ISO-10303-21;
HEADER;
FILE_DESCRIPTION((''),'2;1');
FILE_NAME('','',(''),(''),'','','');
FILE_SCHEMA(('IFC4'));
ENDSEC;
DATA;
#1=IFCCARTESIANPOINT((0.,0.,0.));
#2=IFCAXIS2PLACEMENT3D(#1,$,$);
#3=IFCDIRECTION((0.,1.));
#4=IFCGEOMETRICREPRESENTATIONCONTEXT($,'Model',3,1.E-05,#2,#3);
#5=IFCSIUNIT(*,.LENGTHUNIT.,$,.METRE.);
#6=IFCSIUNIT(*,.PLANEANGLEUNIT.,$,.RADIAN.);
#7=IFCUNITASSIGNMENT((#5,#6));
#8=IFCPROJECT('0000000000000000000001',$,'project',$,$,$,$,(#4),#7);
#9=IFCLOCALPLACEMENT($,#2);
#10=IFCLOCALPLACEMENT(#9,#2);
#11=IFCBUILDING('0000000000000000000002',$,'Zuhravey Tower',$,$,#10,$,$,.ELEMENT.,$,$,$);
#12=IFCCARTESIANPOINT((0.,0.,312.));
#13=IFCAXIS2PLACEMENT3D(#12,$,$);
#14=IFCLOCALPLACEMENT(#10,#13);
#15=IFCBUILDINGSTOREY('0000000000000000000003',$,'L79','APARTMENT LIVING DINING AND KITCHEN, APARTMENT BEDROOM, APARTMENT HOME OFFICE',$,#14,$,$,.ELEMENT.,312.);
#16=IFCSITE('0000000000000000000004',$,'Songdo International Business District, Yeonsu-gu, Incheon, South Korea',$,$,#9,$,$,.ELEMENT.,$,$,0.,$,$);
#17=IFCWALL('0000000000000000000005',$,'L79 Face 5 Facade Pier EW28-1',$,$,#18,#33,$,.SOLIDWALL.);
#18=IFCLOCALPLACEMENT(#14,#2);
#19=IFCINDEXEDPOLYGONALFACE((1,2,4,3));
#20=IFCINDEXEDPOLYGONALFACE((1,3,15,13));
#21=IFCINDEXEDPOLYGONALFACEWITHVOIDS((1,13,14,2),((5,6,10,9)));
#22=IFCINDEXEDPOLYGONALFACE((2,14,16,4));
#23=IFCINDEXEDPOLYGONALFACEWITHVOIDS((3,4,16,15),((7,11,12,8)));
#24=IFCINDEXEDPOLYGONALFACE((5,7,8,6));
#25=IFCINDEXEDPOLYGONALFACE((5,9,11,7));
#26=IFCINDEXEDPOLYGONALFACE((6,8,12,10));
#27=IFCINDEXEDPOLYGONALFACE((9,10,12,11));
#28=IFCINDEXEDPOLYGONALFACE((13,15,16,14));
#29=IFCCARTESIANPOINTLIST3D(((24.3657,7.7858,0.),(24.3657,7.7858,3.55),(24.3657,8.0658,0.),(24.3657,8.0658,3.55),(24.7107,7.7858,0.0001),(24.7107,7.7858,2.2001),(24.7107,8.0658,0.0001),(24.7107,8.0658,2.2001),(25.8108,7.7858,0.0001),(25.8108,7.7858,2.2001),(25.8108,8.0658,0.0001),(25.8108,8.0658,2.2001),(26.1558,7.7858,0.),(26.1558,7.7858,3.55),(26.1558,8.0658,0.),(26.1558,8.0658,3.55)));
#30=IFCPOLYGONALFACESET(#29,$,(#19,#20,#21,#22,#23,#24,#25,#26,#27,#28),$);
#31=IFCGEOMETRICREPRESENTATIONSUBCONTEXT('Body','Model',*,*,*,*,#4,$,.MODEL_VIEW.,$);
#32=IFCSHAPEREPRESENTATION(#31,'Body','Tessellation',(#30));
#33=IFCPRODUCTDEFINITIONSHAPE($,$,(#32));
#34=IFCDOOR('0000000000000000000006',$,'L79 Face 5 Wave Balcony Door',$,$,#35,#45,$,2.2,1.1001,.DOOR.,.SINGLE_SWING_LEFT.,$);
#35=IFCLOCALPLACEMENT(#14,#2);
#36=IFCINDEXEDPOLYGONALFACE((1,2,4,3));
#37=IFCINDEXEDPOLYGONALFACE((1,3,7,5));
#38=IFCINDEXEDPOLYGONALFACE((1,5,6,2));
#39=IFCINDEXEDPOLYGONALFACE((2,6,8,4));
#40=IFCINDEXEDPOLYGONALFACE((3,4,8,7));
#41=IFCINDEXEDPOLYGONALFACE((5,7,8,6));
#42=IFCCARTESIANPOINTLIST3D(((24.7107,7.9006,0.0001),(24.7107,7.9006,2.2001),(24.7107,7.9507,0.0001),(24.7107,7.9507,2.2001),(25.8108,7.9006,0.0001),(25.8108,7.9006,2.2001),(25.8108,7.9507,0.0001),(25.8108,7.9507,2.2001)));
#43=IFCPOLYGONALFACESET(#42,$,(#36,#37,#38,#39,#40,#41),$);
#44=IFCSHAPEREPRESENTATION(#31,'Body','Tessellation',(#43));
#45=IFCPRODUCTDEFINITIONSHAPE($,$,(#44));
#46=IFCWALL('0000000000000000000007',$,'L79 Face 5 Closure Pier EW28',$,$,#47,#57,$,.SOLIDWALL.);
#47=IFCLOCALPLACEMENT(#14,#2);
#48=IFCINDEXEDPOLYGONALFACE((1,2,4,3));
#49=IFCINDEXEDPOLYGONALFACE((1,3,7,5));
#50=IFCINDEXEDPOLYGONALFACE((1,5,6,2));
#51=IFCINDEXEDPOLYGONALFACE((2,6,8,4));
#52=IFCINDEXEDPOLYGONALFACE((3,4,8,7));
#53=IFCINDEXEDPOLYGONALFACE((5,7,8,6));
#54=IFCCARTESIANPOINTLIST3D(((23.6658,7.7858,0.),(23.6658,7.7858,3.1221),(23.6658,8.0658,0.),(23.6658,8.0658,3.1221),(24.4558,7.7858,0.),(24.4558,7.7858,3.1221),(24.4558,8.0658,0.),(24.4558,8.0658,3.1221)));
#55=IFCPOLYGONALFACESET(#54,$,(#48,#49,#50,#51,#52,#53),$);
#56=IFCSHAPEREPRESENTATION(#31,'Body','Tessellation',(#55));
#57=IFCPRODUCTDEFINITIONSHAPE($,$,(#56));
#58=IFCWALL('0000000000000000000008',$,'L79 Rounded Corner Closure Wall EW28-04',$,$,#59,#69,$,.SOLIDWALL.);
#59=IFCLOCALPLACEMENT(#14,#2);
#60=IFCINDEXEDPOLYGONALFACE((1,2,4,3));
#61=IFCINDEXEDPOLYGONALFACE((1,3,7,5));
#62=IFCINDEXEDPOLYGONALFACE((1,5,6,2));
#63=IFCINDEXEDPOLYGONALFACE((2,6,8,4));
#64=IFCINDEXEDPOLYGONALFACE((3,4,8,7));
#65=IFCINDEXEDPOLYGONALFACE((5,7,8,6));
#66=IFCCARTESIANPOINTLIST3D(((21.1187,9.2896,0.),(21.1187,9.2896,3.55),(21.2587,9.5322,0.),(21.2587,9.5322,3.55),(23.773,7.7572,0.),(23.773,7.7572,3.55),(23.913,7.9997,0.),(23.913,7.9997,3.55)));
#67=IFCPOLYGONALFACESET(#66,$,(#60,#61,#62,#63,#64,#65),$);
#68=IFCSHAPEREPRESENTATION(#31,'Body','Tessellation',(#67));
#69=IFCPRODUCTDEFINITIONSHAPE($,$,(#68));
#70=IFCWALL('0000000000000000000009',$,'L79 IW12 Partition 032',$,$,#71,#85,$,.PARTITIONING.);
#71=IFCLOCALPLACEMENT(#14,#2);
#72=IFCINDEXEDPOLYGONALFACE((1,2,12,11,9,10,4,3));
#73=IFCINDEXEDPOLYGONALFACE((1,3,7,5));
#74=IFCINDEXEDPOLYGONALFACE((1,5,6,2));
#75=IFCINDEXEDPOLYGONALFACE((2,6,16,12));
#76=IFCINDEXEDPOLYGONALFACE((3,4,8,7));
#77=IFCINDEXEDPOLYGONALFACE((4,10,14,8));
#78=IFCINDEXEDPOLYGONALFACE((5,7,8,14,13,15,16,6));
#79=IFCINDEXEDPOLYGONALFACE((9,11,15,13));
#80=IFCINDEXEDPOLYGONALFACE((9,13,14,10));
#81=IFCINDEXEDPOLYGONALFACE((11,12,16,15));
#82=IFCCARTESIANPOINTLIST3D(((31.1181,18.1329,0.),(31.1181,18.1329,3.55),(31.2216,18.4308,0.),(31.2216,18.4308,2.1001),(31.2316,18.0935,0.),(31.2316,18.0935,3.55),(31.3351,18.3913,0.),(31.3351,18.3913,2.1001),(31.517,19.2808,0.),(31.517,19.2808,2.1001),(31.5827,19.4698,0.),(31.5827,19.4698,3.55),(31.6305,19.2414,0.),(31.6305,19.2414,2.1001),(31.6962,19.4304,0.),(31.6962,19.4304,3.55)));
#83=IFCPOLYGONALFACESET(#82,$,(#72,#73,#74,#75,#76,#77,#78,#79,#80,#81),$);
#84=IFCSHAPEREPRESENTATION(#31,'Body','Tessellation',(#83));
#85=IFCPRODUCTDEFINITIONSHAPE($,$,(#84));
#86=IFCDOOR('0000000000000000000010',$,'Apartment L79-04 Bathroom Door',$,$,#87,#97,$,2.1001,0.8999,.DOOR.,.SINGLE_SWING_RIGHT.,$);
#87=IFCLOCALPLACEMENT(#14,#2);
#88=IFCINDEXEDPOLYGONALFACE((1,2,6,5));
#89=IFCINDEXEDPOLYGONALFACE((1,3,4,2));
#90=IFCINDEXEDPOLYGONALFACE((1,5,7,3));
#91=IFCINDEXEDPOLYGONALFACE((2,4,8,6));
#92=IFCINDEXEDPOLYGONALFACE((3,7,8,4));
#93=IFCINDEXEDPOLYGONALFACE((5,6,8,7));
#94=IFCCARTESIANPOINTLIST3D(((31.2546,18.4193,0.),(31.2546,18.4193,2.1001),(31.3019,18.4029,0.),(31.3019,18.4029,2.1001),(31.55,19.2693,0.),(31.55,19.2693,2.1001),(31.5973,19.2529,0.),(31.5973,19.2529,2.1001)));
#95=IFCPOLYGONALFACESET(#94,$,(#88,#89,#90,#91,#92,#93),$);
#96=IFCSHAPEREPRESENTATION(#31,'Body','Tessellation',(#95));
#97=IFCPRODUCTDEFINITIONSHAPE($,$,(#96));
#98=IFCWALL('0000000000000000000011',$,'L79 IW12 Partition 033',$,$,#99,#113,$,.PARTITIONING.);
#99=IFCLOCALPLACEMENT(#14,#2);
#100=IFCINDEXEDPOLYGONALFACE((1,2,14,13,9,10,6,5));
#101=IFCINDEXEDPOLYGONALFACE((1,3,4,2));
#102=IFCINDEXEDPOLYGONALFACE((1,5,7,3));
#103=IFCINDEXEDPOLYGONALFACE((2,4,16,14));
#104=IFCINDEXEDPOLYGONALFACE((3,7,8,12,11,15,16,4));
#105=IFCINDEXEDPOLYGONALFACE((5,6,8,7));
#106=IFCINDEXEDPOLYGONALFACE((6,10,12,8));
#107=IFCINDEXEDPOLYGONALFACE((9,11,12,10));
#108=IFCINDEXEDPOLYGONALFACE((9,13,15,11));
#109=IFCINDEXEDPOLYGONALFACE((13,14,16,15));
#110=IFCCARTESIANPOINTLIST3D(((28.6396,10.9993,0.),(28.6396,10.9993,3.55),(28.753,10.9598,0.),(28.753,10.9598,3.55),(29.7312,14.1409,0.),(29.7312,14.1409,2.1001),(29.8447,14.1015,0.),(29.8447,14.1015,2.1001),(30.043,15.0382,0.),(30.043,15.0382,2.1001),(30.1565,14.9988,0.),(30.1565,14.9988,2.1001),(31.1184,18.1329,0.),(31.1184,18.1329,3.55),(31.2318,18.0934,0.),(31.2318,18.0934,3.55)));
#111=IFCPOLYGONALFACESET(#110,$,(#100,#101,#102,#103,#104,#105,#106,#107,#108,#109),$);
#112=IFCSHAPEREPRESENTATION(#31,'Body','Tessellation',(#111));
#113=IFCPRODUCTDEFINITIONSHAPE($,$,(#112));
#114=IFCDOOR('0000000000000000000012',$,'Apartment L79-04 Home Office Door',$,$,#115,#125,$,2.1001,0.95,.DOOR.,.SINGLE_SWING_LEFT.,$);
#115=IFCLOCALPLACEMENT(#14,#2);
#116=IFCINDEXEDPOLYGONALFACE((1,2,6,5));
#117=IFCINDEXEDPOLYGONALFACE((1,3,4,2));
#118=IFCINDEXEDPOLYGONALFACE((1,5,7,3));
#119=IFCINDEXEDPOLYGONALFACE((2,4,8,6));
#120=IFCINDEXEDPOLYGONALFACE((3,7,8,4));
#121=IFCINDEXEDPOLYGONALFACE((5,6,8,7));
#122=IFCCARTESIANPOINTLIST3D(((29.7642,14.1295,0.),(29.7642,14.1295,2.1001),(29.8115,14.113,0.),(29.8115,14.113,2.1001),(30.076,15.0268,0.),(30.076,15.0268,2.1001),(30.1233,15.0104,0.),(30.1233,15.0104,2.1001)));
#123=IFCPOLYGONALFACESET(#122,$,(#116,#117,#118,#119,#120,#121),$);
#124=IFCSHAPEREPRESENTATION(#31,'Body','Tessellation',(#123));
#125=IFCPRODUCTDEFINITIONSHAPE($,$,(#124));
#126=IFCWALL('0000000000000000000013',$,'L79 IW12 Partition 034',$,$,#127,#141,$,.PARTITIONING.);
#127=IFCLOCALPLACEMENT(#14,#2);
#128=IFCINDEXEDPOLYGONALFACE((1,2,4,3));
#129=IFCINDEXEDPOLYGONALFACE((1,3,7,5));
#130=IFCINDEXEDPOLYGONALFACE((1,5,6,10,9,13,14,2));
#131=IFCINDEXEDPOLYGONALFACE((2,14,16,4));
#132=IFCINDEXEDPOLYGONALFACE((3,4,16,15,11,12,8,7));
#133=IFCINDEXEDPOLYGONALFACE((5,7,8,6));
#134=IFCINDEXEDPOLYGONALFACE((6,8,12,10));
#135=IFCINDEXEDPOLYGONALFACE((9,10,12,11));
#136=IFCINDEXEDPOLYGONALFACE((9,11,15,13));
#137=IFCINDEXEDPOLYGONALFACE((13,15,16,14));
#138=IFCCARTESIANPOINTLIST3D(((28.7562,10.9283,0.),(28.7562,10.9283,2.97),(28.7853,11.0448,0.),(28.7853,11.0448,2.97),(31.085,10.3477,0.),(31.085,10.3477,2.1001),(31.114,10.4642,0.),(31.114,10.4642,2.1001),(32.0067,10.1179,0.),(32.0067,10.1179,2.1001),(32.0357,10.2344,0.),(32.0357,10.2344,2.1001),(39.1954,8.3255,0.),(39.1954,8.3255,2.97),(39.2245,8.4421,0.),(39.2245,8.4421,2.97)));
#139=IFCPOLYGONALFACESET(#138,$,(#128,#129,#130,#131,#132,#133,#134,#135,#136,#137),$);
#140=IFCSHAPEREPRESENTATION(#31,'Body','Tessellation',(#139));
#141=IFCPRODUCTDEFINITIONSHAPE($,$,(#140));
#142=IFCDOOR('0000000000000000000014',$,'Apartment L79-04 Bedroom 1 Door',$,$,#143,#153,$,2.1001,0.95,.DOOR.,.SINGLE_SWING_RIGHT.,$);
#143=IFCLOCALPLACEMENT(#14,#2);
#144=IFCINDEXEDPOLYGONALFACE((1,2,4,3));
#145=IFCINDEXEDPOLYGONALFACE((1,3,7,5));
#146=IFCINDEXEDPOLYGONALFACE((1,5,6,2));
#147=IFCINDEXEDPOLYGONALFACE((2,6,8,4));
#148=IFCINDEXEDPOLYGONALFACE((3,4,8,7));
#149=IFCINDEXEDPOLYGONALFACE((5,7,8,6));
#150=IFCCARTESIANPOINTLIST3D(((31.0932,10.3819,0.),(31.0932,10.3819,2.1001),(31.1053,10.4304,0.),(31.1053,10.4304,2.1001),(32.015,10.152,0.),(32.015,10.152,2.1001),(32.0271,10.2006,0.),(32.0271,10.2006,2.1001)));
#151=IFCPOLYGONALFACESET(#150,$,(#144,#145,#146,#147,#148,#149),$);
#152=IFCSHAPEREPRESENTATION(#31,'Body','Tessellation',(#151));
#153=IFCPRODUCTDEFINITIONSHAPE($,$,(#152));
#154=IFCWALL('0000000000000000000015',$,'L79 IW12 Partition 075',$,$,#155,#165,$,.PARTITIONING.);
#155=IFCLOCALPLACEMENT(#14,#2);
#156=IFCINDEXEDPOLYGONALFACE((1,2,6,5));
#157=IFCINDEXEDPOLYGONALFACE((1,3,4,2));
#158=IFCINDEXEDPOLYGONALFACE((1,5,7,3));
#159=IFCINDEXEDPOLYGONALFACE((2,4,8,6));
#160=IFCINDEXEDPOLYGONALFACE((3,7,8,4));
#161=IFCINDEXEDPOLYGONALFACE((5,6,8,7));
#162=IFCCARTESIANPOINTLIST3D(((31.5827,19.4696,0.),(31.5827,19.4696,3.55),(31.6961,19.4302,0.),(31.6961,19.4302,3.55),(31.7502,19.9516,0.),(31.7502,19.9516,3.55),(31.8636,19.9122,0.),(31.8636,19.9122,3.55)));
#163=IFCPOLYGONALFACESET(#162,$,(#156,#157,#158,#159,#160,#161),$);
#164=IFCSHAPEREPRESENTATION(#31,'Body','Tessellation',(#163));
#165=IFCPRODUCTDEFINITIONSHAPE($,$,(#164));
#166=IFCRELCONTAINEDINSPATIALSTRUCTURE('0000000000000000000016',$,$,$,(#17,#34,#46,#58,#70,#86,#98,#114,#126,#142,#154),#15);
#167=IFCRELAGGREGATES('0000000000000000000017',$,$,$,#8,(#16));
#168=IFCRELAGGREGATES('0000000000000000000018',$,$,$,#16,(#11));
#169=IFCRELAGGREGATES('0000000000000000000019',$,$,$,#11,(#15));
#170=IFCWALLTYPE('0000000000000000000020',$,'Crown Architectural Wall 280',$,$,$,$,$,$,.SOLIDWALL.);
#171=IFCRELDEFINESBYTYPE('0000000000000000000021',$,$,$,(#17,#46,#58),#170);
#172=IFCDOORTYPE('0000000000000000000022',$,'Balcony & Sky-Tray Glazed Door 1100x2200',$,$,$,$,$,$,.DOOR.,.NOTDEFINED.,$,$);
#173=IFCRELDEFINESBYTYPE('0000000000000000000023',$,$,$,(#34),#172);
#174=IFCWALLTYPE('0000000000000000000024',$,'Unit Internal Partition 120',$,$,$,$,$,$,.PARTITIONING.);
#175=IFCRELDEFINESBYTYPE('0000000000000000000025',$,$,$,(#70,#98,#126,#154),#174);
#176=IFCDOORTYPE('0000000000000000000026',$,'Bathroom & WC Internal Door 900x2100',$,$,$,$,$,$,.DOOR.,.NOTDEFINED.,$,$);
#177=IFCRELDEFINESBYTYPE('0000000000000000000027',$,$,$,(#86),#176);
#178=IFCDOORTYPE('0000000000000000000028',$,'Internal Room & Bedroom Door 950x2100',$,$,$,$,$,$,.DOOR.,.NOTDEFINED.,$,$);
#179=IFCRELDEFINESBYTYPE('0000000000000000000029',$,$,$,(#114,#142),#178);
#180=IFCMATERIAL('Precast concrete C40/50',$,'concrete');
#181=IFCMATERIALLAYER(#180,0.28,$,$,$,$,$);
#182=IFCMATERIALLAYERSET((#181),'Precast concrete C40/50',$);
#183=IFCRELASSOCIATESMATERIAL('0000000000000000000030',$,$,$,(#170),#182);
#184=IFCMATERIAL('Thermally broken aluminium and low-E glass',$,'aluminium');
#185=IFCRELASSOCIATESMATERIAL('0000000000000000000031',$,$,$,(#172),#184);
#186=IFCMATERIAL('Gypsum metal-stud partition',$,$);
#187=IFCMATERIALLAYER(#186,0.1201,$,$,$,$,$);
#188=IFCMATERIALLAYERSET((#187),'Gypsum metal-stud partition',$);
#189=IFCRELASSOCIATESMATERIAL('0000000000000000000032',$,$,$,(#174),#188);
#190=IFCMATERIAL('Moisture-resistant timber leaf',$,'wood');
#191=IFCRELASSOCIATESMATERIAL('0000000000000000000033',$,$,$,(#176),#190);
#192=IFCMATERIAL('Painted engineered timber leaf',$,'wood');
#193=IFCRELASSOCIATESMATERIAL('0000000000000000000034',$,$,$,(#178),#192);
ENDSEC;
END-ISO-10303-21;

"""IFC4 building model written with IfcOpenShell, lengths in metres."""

from ifc_helpers import new_model, si_unit, direction, frame, frame_2d, origin, place, context, subcontext, project, spatial, rectangle, extrude, material, layer, layer_set, type_object, element, fill, save


model = new_model("IFC4")

# Units and contexts
model_context = context("Model", 3, precision=1e-05, world=origin(), true_north=direction((0.0, 1.0)))
body_context = subcontext(model_context, "Body", "Model", "MODEL_VIEW")
ifc_project = project(units=[si_unit("LENGTHUNIT", "METRE"), si_unit("PLANEANGLEUNIT", "RADIAN")], contexts=[model_context])

# Site, building, storey
site_placement = place(None, origin())
site = spatial("IfcSite", under=ifc_project, at=site_placement, Name="Songdo International Business District, Yeonsu-gu, Incheon, South Korea", CompositionType="ELEMENT", RefElevation=0.0)
building_placement = place(site_placement, origin())
building = spatial("IfcBuilding", under=site, at=building_placement, Name="Zuhravey Tower", CompositionType="ELEMENT")
storey_placement = place(building_placement, frame((0.0, 0.0, 312.0)))
storey = spatial("IfcBuildingStorey", under=building, at=storey_placement, Name="L79", Description="APARTMENT LIVING DINING AND KITCHEN, APARTMENT BEDROOM, APARTMENT HOME OFFICE", CompositionType="ELEMENT", Elevation=312.0)

# Wall, opening, door
ifc_material_1 = material(Name="Precast concrete C40/50", Category="concrete")
ifc_layer_1 = layer(ifc_material_1, 0.28)
ifc_layer_set_1 = layer_set([ifc_layer_1], Name="Precast concrete C40/50")
wall_type_1 = type_object("IfcWallType", Name="Crown Architectural Wall 280", PredefinedType="SOLIDWALL", material=ifc_layer_set_1)
wall_1_placement = place(storey_placement, frame((26.1558, 7.9258, 0.0), z_axis=(0.0, 0.0, 1.0), x_axis=(-1.0, 0.0, 0.0)))
wall_1 = element("IfcWall", 1, at=wall_1_placement, inside=storey, type_object=wall_type_1, Name="L79 Face 5 Facade Pier EW28-1", PredefinedType="SOLIDWALL", context=body_context, shape_type="SweptSolid", body=[
    extrude(rectangle(XDim=1.79, YDim=0.28, at=frame_2d((0.895, 0.0))), origin(), (0.0, 0.0, 1.0), 3.55),
])
opening_1_placement = place(wall_1_placement, frame((0.345, 0.0, 0.0)))
opening_1 = element("IfcOpeningElement", 2, at=opening_1_placement, cuts=wall_1, PredefinedType="OPENING", context=body_context, shape_type="SweptSolid", body=[
    extrude(rectangle(XDim=1.1001, YDim=2.2, at=frame_2d((0.55, 1.1001))), frame((0.0, 0.1521, 0.0), z_axis=(0.0, -1.0, 0.0), x_axis=(1.0, 0.0, 0.0)), (0.0, 0.0, 1.0), 0.304),
])
ifc_material_2 = material(Name="Thermally broken aluminium and low-E glass", Category="aluminium")
door_type_1 = type_object("IfcDoorType", Name="Balcony & Sky-Tray Glazed Door 1100x2200", OperationType="NOTDEFINED", PredefinedType="DOOR", material=ifc_material_2)
door_1_placement = place(opening_1_placement, frame((1.1001, 0.0, 0.0), z_axis=(0.0, 0.0, 1.0), x_axis=(-1.0, 0.0, 0.0)))
door_1 = element("IfcDoor", 3, at=door_1_placement, inside=storey, type_object=door_type_1, Name="L79 Face 5 Wave Balcony Door", OperationType="SINGLE_SWING_LEFT", OverallHeight=2.2, OverallWidth=1.1001, PredefinedType="DOOR", context=body_context, shape_type="SweptSolid", body=[
    extrude(rectangle(XDim=1.1001, YDim=2.2, at=frame_2d((0.55, 1.1001))), frame((0.0, 0.0249, 0.0), z_axis=(0.0, -1.0, 0.0), x_axis=(1.0, 0.0, 0.0)), (0.0, 0.0, 1.0), 0.05),
])
fill(opening_1, door_1)

# Walls
wall_2_placement = place(storey_placement, frame((24.4558, 7.9258, 0.0), z_axis=(0.0, 0.0, 1.0), x_axis=(-1.0, 0.0, 0.0)))
element("IfcWall", 4, at=wall_2_placement, inside=storey, type_object=wall_type_1, Name="L79 Face 5 Closure Pier EW28", PredefinedType="SOLIDWALL", context=body_context, shape_type="SweptSolid", body=[
    extrude(rectangle(XDim=0.79, YDim=0.28, at=frame_2d((0.395, 0.0))), origin(), (0.0, 0.0, 1.0), 3.1221),
])
wall_3_placement = place(storey_placement, frame((23.843, 7.8784, 0.0), z_axis=(0.0, 0.0, 1.0), x_axis=(-0.866024, 0.500003, 0.0)))
element("IfcWall", 5, at=wall_3_placement, inside=storey, type_object=wall_type_1, Name="L79 Rounded Corner Closure Wall EW28-04", PredefinedType="SOLIDWALL", context=body_context, shape_type="SweptSolid", body=[
    extrude(rectangle(XDim=3.0649, YDim=0.28, at=frame_2d((1.5325, 0.0))), origin(), (0.0, 0.0, 1.0), 3.55),
])

# Walls, openings, doors
ifc_material_3 = material(Name="Gypsum metal-stud partition")
ifc_layer_2 = layer(ifc_material_3, 0.1201)
ifc_layer_set_2 = layer_set([ifc_layer_2], Name="Gypsum metal-stud partition")
wall_type_2 = type_object("IfcWallType", Name="Unit Internal Partition 120", PredefinedType="PARTITIONING", material=ifc_layer_set_2)
wall_4_placement = place(storey_placement, frame((31.6394, 19.45, 0.0), z_axis=(0.0, 0.0, 1.0), x_axis=(-0.32826, -0.944588, 0.0)))
wall_4 = element("IfcWall", 6, at=wall_4_placement, inside=storey, type_object=wall_type_2, Name="L79 IW12 Partition 032", PredefinedType="PARTITIONING", context=body_context, shape_type="SweptSolid", body=[
    extrude(rectangle(XDim=1.4153, YDim=0.1201, at=frame_2d((0.7075, 0.0))), origin(), (0.0, 0.0, 1.0), 3.55),
])
opening_2_placement = place(wall_4_placement, frame((0.2, 0.0, 0.0)))
opening_2 = element("IfcOpeningElement", 7, at=opening_2_placement, cuts=wall_4, PredefinedType="OPENING", context=body_context, shape_type="SweptSolid", body=[
    extrude(rectangle(XDim=0.8999, YDim=2.1001, at=frame_2d((0.45, 1.05))), frame((0.0, 0.072, 0.0), z_axis=(0.0, -1.0, 0.0), x_axis=(1.0, 0.0, 0.0)), (0.0, 0.0, 1.0), 0.144),
])
ifc_material_4 = material(Name="Moisture-resistant timber leaf", Category="wood")
door_type_2 = type_object("IfcDoorType", Name="Bathroom & WC Internal Door 900x2100", OperationType="NOTDEFINED", PredefinedType="DOOR", material=ifc_material_4)
door_2_placement = place(opening_2_placement, origin())
door_2 = element("IfcDoor", 8, at=door_2_placement, inside=storey, type_object=door_type_2, Name="Apartment L79-04 Bathroom Door", OperationType="SINGLE_SWING_RIGHT", OverallHeight=2.1001, OverallWidth=0.8999, PredefinedType="DOOR", context=body_context, shape_type="SweptSolid", body=[
    extrude(rectangle(XDim=0.8999, YDim=2.1001, at=frame_2d((0.45, 1.05))), frame((0.0, 0.0249, 0.0), z_axis=(0.0, -1.0, 0.0), x_axis=(1.0, 0.0, 0.0)), (0.0, 0.0, 1.0), 0.05),
])
fill(opening_2, door_2)
wall_5_placement = place(storey_placement, frame((31.175, 18.113, 0.0), z_axis=(0.0, 0.0, 1.0), x_axis=(-0.328228, -0.944598, 0.0)))
wall_5 = element("IfcWall", 9, at=wall_5_placement, inside=storey, type_object=wall_type_2, Name="L79 IW12 Partition 033", PredefinedType="PARTITIONING", context=body_context, shape_type="SweptSolid", body=[
    extrude(rectangle(XDim=7.552, YDim=0.1201, at=frame_2d((3.7759, 0.0))), origin(), (0.0, 0.0, 1.0), 3.55),
])
opening_3_placement = place(wall_5_placement, frame((3.2759, 0.0, 0.0)))
opening_3 = element("IfcOpeningElement", 10, at=opening_3_placement, cuts=wall_5, PredefinedType="OPENING", context=body_context, shape_type="SweptSolid", body=[
    extrude(rectangle(XDim=0.95, YDim=2.1001, at=frame_2d((0.4751, 1.05))), frame((0.0, 0.072, 0.0), z_axis=(0.0, -1.0, 0.0), x_axis=(1.0, 0.0, 0.0)), (0.0, 0.0, 1.0), 0.144),
])
ifc_material_5 = material(Name="Painted engineered timber leaf", Category="wood")
door_type_3 = type_object("IfcDoorType", Name="Internal Room & Bedroom Door 950x2100", OperationType="NOTDEFINED", PredefinedType="DOOR", material=ifc_material_5)
door_3_placement = place(opening_3_placement, origin())
door_3 = element("IfcDoor", 11, at=door_3_placement, inside=storey, type_object=door_type_3, Name="Apartment L79-04 Home Office Door", OperationType="SINGLE_SWING_LEFT", OverallHeight=2.1001, OverallWidth=0.95, PredefinedType="DOOR", context=body_context, shape_type="SweptSolid", body=[
    extrude(rectangle(XDim=0.95, YDim=2.1001, at=frame_2d((0.4751, 1.05))), frame((0.0, 0.0249, 0.0), z_axis=(0.0, -1.0, 0.0), x_axis=(1.0, 0.0, 0.0)), (0.0, 0.0, 1.0), 0.05),
])
fill(opening_3, door_3)
wall_6_placement = place(storey_placement, frame((28.7708, 10.9866, 0.0), z_axis=(0.0, 0.0, 1.0), x_axis=(0.970296, -0.241922, 0.0)))
wall_6 = element("IfcWall", 12, at=wall_6_placement, inside=storey, type_object=wall_type_2, Name="L79 IW12 Partition 034", PredefinedType="PARTITIONING", context=body_context, shape_type="SweptSolid", body=[
    extrude(rectangle(XDim=10.7588, YDim=0.1201, at=frame_2d((5.3794, 0.0))), origin(), (0.0, 0.0, 1.0), 2.97),
])
opening_4_placement = place(wall_6_placement, frame((2.3999, 0.0, 0.0)))
opening_4 = element("IfcOpeningElement", 13, at=opening_4_placement, cuts=wall_6, PredefinedType="OPENING", context=body_context, shape_type="SweptSolid", body=[
    extrude(rectangle(XDim=0.95, YDim=2.1001, at=frame_2d((0.4751, 1.05))), frame((0.0, 0.072, 0.0), z_axis=(0.0, -1.0, 0.0), x_axis=(1.0, 0.0, 0.0)), (0.0, 0.0, 1.0), 0.144),
])
door_4_placement = place(opening_4_placement, frame((0.95, 0.0, 0.0), z_axis=(0.0, 0.0, 1.0), x_axis=(-1.0, 0.0, 0.0)))
door_4 = element("IfcDoor", 14, at=door_4_placement, inside=storey, type_object=door_type_3, Name="Apartment L79-04 Bedroom 1 Door", OperationType="SINGLE_SWING_RIGHT", OverallHeight=2.1001, OverallWidth=0.95, PredefinedType="DOOR", context=body_context, shape_type="SweptSolid", body=[
    extrude(rectangle(XDim=0.95, YDim=2.1001, at=frame_2d((0.4751, 1.05))), frame((0.0, 0.0249, 0.0), z_axis=(0.0, -1.0, 0.0), x_axis=(1.0, 0.0, 0.0)), (0.0, 0.0, 1.0), 0.05),
])
fill(opening_4, door_4)

# Wall
wall_7_placement = place(storey_placement, frame((31.8069, 19.9319, 0.0), z_axis=(0.0, 0.0, 1.0), x_axis=(-0.328261, -0.944587, 0.0)))
element("IfcWall", 15, at=wall_7_placement, inside=storey, type_object=wall_type_2, Name="L79 IW12 Partition 075", PredefinedType="PARTITIONING", context=body_context, shape_type="SweptSolid", body=[
    extrude(rectangle(XDim=0.5103, YDim=0.1201, at=frame_2d((0.2551, 0.0))), origin(), (0.0, 0.0, 1.0), 3.55),
])

save(model, "model.ifc")
